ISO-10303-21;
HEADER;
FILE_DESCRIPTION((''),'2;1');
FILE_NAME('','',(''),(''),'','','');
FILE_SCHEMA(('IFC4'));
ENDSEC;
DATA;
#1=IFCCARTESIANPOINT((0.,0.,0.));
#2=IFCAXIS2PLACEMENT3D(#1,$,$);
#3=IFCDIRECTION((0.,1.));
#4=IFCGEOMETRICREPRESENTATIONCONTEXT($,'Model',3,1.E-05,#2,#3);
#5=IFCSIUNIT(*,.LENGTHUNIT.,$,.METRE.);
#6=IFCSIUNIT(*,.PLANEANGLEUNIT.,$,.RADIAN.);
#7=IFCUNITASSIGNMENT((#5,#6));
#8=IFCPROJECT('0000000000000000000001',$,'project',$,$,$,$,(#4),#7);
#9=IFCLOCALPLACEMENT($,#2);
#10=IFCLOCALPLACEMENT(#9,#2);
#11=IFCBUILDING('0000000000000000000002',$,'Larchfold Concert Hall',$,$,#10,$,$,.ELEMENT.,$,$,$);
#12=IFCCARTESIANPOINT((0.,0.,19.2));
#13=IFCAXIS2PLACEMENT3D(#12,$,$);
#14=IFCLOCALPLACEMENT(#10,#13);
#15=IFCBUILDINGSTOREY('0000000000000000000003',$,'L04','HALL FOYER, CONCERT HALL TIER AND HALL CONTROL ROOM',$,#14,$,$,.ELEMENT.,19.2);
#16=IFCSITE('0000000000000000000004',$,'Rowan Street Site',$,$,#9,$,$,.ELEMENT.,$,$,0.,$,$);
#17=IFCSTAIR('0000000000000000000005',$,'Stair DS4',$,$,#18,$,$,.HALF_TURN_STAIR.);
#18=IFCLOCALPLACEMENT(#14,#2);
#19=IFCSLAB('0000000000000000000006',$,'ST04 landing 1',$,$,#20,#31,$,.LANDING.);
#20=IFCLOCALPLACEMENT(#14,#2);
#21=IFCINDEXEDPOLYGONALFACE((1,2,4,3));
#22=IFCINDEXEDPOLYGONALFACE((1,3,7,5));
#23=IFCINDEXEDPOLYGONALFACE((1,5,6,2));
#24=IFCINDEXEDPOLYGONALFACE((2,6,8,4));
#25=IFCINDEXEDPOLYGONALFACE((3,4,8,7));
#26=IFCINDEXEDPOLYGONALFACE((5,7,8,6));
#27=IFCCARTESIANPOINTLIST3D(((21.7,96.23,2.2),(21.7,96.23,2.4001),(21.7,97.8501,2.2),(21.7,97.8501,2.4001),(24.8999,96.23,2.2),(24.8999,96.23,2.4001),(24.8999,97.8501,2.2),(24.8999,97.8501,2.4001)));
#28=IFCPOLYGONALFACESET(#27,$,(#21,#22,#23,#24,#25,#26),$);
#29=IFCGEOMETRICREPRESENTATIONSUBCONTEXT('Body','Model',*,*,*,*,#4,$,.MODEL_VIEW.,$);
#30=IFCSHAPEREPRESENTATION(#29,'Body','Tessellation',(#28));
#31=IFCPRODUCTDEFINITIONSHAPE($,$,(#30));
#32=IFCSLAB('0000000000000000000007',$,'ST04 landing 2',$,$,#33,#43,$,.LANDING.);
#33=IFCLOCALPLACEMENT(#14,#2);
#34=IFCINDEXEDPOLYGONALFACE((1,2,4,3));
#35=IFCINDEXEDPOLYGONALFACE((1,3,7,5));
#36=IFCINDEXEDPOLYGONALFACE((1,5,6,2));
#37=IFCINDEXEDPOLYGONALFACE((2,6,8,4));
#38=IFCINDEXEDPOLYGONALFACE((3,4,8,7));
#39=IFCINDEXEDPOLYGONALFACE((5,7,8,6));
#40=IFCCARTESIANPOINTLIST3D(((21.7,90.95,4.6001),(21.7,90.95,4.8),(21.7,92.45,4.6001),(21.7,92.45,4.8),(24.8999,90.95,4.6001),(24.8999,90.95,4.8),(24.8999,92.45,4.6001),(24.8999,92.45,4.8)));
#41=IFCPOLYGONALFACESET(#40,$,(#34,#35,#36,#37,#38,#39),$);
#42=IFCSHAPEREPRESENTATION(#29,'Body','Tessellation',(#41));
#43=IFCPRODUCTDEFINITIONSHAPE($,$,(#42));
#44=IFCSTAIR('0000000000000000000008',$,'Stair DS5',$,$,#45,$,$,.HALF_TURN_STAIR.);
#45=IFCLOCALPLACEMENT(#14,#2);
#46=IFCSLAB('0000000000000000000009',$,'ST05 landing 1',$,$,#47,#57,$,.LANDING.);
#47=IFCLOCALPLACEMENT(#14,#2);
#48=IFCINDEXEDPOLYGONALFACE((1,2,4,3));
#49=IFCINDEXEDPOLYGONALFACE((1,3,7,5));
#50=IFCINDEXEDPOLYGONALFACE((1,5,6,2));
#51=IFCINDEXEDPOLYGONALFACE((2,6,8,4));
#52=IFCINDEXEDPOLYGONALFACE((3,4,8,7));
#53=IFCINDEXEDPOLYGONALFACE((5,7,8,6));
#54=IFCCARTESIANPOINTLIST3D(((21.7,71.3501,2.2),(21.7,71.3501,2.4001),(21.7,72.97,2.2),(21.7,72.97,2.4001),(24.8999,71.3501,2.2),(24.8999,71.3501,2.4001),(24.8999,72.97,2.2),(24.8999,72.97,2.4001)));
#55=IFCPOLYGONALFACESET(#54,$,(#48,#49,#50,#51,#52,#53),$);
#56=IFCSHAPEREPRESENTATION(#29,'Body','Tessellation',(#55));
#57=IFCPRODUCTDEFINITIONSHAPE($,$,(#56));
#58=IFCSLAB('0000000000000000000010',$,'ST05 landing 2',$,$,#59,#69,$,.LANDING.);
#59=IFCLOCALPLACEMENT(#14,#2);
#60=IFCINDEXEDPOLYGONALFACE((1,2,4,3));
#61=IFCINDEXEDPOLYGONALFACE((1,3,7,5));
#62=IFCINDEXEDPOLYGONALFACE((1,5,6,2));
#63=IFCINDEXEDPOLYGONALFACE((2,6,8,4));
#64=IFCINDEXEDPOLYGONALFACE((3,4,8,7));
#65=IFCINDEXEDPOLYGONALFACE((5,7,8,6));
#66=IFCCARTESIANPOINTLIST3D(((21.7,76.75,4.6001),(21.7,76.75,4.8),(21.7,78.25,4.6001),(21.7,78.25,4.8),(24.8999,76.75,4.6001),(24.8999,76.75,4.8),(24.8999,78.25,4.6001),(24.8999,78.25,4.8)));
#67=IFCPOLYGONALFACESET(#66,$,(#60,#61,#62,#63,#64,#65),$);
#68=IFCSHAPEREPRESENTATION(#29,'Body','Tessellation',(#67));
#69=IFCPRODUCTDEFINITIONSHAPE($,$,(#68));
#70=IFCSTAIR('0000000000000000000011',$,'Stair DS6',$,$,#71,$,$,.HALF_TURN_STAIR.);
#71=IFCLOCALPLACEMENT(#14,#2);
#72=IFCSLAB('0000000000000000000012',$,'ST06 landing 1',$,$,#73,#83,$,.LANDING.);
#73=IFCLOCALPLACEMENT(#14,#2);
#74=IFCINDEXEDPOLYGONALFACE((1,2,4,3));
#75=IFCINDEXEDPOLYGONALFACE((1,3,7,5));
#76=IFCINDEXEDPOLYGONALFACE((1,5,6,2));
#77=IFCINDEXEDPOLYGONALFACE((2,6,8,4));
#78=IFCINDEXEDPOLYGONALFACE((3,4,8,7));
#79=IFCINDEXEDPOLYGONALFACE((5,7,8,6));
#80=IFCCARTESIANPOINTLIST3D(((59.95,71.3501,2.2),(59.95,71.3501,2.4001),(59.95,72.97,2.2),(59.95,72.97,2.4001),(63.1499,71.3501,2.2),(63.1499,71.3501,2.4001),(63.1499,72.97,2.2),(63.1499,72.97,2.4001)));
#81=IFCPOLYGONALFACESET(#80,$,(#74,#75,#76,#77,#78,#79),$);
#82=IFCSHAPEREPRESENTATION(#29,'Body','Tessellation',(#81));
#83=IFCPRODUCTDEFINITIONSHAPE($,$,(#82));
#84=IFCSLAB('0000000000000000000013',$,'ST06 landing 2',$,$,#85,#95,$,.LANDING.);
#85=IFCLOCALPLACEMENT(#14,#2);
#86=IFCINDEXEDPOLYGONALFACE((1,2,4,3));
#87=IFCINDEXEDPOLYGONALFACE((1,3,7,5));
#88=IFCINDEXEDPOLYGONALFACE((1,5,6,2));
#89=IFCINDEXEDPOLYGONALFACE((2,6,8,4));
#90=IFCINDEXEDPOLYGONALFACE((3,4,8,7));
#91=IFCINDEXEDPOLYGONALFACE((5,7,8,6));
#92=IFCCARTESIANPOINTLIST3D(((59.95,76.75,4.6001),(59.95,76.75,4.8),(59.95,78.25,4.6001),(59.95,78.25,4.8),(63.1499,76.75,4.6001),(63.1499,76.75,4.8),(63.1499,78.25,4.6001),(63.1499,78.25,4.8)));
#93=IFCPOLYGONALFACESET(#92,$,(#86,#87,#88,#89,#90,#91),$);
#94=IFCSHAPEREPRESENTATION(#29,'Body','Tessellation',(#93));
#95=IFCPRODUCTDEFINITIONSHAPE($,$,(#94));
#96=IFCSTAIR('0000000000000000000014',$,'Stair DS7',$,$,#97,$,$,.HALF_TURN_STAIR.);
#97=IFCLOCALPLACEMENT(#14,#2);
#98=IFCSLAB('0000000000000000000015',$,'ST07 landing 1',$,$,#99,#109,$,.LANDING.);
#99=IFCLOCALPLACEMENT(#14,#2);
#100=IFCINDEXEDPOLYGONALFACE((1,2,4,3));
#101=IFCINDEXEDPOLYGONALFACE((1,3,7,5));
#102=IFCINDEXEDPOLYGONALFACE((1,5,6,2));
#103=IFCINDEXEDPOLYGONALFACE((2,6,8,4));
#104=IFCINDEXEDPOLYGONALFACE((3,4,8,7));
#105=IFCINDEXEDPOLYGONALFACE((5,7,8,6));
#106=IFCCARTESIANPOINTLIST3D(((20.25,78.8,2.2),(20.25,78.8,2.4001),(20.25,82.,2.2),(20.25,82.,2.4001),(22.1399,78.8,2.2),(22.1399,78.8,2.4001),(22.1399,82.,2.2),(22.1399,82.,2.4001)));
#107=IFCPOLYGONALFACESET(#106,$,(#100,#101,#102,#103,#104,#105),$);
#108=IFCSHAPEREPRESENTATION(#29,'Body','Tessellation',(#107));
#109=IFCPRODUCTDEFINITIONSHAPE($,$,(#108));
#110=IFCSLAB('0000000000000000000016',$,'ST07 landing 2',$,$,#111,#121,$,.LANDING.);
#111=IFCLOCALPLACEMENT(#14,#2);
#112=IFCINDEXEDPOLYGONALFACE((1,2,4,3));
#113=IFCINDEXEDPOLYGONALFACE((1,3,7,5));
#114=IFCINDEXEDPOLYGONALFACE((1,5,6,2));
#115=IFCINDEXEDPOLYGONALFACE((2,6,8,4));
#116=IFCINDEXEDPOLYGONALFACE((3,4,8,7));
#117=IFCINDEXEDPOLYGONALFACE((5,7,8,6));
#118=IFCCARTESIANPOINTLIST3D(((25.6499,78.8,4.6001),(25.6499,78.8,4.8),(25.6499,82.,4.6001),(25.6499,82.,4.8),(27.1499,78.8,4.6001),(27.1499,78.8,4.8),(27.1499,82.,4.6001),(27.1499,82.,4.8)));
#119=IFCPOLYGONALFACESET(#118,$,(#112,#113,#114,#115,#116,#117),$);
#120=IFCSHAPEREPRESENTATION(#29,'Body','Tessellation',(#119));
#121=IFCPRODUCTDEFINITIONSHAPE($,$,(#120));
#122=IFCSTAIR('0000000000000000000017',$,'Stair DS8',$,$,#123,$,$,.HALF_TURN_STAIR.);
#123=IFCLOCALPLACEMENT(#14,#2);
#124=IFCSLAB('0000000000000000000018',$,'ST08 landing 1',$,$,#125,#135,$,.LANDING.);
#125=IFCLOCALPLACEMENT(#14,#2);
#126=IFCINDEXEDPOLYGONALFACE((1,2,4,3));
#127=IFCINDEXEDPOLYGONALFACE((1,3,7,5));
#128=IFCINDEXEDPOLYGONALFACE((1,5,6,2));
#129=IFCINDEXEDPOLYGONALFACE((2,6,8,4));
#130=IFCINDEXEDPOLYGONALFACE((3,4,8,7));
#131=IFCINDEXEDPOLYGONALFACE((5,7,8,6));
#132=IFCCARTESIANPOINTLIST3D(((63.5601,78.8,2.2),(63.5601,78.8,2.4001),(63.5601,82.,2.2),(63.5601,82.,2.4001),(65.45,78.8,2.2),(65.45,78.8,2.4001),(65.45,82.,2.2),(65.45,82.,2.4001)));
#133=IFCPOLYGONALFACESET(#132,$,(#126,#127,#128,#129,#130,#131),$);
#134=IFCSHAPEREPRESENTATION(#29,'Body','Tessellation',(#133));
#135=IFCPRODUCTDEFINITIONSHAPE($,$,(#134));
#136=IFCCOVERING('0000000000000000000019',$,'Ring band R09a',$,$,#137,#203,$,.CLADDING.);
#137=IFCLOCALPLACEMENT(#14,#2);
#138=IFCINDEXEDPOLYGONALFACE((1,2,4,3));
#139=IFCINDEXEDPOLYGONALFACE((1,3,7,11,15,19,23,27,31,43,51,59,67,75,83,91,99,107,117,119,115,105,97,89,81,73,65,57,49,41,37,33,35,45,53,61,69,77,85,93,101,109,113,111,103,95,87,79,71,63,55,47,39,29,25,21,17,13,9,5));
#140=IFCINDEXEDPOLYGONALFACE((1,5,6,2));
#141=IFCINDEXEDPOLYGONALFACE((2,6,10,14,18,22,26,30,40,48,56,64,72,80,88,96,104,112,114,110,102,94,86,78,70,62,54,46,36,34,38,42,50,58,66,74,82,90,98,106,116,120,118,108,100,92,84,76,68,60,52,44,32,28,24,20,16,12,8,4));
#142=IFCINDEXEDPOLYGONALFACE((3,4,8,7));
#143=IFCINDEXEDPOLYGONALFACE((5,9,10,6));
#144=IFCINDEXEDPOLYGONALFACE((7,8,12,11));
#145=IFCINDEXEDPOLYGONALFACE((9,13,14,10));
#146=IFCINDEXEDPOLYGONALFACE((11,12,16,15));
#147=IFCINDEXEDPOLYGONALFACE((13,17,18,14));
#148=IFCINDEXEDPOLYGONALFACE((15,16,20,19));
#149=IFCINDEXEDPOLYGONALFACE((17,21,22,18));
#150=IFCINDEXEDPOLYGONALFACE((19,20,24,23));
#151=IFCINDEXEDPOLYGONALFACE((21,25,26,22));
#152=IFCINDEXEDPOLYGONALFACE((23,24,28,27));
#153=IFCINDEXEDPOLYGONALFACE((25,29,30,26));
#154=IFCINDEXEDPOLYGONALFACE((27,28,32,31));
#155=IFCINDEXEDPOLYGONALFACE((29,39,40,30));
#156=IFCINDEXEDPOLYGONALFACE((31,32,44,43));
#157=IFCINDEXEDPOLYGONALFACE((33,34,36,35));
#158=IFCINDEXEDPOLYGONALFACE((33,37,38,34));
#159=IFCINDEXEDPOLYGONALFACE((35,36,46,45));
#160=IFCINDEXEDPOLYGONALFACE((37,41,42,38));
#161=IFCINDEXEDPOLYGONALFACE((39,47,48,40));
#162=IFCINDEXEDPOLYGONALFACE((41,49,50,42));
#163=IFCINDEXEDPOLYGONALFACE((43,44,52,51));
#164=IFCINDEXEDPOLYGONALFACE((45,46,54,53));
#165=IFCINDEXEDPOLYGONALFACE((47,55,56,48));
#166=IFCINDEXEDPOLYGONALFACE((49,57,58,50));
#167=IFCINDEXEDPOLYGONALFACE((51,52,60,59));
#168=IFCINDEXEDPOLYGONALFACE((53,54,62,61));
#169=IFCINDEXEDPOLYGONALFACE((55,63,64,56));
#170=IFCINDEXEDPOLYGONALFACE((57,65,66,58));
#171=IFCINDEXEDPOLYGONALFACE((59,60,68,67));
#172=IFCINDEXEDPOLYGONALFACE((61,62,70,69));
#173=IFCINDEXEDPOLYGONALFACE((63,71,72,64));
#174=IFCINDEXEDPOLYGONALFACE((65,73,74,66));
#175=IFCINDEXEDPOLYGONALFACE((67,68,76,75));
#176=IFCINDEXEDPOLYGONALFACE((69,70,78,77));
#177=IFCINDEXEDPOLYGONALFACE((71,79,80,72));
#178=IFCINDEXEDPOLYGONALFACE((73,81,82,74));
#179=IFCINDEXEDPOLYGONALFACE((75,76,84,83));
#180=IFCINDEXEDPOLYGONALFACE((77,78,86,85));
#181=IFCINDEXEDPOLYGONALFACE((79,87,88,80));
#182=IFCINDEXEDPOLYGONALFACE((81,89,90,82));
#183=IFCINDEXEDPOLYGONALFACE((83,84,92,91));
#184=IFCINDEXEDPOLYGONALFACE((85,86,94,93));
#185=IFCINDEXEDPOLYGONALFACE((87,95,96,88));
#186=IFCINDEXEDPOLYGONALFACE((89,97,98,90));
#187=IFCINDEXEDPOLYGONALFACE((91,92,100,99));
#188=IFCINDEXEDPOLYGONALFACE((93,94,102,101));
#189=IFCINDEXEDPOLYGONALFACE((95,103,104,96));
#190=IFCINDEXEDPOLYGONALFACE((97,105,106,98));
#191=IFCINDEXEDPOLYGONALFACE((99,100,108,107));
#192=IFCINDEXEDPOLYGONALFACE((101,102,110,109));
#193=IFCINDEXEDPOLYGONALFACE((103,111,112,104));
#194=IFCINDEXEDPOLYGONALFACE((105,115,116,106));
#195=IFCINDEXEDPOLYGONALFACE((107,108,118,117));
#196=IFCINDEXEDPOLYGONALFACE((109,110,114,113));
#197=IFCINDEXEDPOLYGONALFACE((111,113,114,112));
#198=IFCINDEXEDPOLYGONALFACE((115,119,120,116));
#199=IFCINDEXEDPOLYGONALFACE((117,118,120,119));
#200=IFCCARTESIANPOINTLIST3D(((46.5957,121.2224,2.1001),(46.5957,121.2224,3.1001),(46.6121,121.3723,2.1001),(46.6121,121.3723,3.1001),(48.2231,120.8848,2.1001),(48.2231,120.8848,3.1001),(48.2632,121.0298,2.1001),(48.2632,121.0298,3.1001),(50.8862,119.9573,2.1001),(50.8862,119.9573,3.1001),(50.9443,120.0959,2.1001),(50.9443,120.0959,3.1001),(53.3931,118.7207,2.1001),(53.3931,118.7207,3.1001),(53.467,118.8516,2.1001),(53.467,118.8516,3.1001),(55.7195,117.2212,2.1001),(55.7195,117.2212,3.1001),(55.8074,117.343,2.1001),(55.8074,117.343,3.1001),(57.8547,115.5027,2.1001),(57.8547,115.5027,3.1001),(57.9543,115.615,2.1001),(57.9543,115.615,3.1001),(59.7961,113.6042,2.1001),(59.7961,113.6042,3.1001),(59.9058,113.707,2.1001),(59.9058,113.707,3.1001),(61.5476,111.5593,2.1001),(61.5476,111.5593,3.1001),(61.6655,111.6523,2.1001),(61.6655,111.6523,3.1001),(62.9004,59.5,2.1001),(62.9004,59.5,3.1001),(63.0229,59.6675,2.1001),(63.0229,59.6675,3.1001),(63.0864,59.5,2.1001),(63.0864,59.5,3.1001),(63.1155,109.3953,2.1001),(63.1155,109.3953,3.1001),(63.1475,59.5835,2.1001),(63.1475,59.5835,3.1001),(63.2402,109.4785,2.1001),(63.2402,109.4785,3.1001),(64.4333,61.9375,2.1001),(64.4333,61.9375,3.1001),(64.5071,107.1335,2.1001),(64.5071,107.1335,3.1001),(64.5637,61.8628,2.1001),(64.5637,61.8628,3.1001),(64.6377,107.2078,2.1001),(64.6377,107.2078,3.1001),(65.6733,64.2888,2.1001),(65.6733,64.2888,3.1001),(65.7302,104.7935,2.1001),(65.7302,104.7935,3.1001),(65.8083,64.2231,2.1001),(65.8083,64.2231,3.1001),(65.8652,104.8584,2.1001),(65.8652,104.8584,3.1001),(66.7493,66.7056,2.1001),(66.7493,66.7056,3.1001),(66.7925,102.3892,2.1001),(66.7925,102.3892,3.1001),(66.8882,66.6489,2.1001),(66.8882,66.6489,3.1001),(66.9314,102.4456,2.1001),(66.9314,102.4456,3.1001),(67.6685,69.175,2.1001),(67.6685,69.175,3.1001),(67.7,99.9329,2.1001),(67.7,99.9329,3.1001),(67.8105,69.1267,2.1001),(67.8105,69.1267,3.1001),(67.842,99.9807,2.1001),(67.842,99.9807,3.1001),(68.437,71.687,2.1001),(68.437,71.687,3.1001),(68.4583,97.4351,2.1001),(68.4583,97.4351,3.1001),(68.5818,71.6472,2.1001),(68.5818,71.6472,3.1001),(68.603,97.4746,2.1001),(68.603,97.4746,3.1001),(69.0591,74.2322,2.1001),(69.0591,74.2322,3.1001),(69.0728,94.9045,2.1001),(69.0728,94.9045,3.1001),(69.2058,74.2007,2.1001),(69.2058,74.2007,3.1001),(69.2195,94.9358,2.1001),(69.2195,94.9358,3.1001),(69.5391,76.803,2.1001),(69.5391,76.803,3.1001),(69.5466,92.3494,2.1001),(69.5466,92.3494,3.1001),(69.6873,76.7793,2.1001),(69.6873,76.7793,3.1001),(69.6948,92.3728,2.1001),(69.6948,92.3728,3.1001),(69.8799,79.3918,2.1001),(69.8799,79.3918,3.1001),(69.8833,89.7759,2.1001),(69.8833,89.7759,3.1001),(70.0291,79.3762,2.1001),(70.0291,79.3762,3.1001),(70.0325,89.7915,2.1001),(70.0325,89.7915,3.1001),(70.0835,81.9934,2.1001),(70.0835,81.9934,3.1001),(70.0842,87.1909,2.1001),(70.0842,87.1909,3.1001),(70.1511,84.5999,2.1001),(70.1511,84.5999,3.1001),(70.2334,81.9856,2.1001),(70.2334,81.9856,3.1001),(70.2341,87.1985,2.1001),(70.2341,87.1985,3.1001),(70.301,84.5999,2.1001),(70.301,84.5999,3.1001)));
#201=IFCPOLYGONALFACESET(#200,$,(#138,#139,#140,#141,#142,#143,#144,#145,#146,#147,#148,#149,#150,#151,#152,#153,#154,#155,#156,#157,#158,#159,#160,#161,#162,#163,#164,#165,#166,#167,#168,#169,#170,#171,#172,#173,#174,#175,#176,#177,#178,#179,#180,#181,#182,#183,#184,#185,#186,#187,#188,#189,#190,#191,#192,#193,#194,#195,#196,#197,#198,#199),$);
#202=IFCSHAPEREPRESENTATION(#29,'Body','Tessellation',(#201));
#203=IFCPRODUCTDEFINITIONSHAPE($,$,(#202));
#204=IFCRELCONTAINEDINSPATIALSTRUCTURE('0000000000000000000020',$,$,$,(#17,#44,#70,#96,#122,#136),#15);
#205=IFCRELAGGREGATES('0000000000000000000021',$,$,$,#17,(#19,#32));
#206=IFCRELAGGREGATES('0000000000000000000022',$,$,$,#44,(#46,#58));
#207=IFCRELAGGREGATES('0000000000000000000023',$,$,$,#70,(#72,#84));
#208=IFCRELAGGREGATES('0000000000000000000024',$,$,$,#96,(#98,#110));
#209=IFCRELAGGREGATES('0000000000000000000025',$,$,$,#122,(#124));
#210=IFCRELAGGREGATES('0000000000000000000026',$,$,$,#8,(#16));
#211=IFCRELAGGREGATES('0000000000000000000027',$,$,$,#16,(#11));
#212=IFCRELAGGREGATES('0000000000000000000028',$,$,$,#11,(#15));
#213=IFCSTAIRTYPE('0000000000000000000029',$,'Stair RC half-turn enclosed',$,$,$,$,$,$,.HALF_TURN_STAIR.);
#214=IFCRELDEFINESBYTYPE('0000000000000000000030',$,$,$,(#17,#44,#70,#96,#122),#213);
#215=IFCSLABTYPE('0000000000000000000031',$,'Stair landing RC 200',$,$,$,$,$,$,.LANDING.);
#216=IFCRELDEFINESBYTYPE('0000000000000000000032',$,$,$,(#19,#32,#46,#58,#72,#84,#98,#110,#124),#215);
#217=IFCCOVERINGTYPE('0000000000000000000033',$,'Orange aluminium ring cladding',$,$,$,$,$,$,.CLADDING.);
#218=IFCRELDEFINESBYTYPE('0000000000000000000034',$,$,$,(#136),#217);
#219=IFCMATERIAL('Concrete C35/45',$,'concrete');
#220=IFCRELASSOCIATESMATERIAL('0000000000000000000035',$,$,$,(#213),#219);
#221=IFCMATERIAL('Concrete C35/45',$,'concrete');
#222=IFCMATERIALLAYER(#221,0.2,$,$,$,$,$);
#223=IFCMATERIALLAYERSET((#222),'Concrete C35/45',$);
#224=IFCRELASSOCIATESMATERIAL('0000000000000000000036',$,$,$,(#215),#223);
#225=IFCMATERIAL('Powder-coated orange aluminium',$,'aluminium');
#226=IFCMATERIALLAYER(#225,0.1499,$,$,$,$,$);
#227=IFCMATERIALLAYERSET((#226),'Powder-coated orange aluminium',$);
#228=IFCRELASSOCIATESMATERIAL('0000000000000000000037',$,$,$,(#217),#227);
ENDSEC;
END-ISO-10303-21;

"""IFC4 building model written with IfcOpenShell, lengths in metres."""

from ifc_helpers import new_model, si_unit, direction, frame, origin, place, context, subcontext, project, spatial, polyline, outline, extrude, material, layer, layer_set, type_object, element, aggregate, save


model = new_model("IFC4")

# Units and contexts
model_context = context("Model", 3, precision=1e-05, world=origin(), true_north=direction((0.0, 1.0)))
body_context = subcontext(model_context, "Body", "Model", "MODEL_VIEW")
ifc_project = project(units=[si_unit("LENGTHUNIT", "METRE"), si_unit("PLANEANGLEUNIT", "RADIAN")], contexts=[model_context])

# Site, building, storey
site_placement = place(None, origin())
site = spatial("IfcSite", under=ifc_project, at=site_placement, Name="Rowan Street Site", CompositionType="ELEMENT", RefElevation=0.0)
building_placement = place(site_placement, origin())
building = spatial("IfcBuilding", under=site, at=building_placement, Name="Larchfold Concert Hall", CompositionType="ELEMENT")
storey_placement = place(building_placement, frame((0.0, 0.0, 19.2)))
storey = spatial("IfcBuildingStorey", under=building, at=storey_placement, Name="L04", Description="HALL FOYER, CONCERT HALL TIER AND HALL CONTROL ROOM", CompositionType="ELEMENT", Elevation=19.2)

# Stairs, slabs
ifc_material_1 = material(Name="Concrete C35/45", Category="concrete")
stair_type = type_object("IfcStairType", Name="Stair RC half-turn enclosed", PredefinedType="HALF_TURN_STAIR", material=ifc_material_1)
ifc_material_2 = material(Name="Concrete C35/45", Category="concrete")
ifc_layer_1 = layer(ifc_material_2, 0.2)
ifc_layer_set_1 = layer_set([ifc_layer_1], Name="Concrete C35/45")
slab_type_1 = type_object("IfcSlabType", Name="Stair landing RC 200", PredefinedType="LANDING", material=ifc_layer_set_1)
stair_1_placement = place(storey_placement, origin())
stair_1 = element("IfcStair", 1, at=stair_1_placement, inside=storey, type_object=stair_type, Name="Stair DS4", PredefinedType="HALF_TURN_STAIR")
slab_1_placement = place(storey_placement, frame((0.0, 0.0, 2.2)))
slab_1 = element("IfcSlab", 2, at=slab_1_placement, type_object=slab_type_1, Name="ST04 landing 1", PredefinedType="LANDING", context=body_context, shape_type="SweptSolid", body=[
    extrude(outline(polyline([(24.8999, 96.23), (24.8999, 97.8501), (21.7, 97.8501), (21.7, 96.23), (24.8999, 96.23)])), origin(), (0.0, 0.0, 1.0), 0.2002),
])
slab_2_placement = place(storey_placement, frame((0.0, 0.0, 4.6001)))
slab_2 = element("IfcSlab", 3, at=slab_2_placement, type_object=slab_type_1, Name="ST04 landing 2", PredefinedType="LANDING", context=body_context, shape_type="SweptSolid", body=[
    extrude(outline(polyline([(24.8999, 90.95), (24.8999, 92.45), (21.7, 92.45), (21.7, 90.95), (24.8999, 90.95)])), origin(), (0.0, 0.0, 1.0), 0.2),
])
aggregate(stair_1, [slab_1, slab_2])
stair_2_placement = place(storey_placement, origin())
stair_2 = element("IfcStair", 4, at=stair_2_placement, inside=storey, type_object=stair_type, Name="Stair DS5", PredefinedType="HALF_TURN_STAIR")
slab_3_placement = place(storey_placement, frame((0.0, 0.0, 2.2)))
slab_3 = element("IfcSlab", 5, at=slab_3_placement, type_object=slab_type_1, Name="ST05 landing 1", PredefinedType="LANDING", context=body_context, shape_type="SweptSolid", body=[
    extrude(outline(polyline([(21.7, 72.97), (21.7, 71.3501), (24.8999, 71.3501), (24.8999, 72.97), (21.7, 72.97)])), origin(), (0.0, 0.0, 1.0), 0.2002),
])
slab_4_placement = place(storey_placement, frame((0.0, 0.0, 4.6001)))
slab_4 = element("IfcSlab", 6, at=slab_4_placement, type_object=slab_type_1, Name="ST05 landing 2", PredefinedType="LANDING", context=body_context, shape_type="SweptSolid", body=[
    extrude(outline(polyline([(21.7, 78.25), (21.7, 76.75), (24.8999, 76.75), (24.8999, 78.25), (21.7, 78.25)])), origin(), (0.0, 0.0, 1.0), 0.2),
])
aggregate(stair_2, [slab_3, slab_4])
stair_3_placement = place(storey_placement, origin())
stair_3 = element("IfcStair", 7, at=stair_3_placement, inside=storey, type_object=stair_type, Name="Stair DS6", PredefinedType="HALF_TURN_STAIR")
slab_5_placement = place(storey_placement, frame((0.0, 0.0, 2.2)))
slab_5 = element("IfcSlab", 8, at=slab_5_placement, type_object=slab_type_1, Name="ST06 landing 1", PredefinedType="LANDING", context=body_context, shape_type="SweptSolid", body=[
    extrude(outline(polyline([(59.95, 72.97), (59.95, 71.3501), (63.1499, 71.3501), (63.1499, 72.97), (59.95, 72.97)])), origin(), (0.0, 0.0, 1.0), 0.2002),
])
slab_6_placement = place(storey_placement, frame((0.0, 0.0, 4.6001)))
slab_6 = element("IfcSlab", 9, at=slab_6_placement, type_object=slab_type_1, Name="ST06 landing 2", PredefinedType="LANDING", context=body_context, shape_type="SweptSolid", body=[
    extrude(outline(polyline([(59.95, 78.25), (59.95, 76.75), (63.1499, 76.75), (63.1499, 78.25), (59.95, 78.25)])), origin(), (0.0, 0.0, 1.0), 0.2),
])
aggregate(stair_3, [slab_5, slab_6])
stair_4_placement = place(storey_placement, origin())
stair_4 = element("IfcStair", 10, at=stair_4_placement, inside=storey, type_object=stair_type, Name="Stair DS7", PredefinedType="HALF_TURN_STAIR")
slab_7_placement = place(storey_placement, frame((0.0, 0.0, 2.2)))
slab_7 = element("IfcSlab", 11, at=slab_7_placement, type_object=slab_type_1, Name="ST07 landing 1", PredefinedType="LANDING", context=body_context, shape_type="SweptSolid", body=[
    extrude(outline(polyline([(22.1399, 82.0), (20.25, 82.0), (20.25, 78.8), (22.1399, 78.8), (22.1399, 82.0)])), origin(), (0.0, 0.0, 1.0), 0.2002),
])
slab_8_placement = place(storey_placement, frame((0.0, 0.0, 4.6001)))
slab_8 = element("IfcSlab", 12, at=slab_8_placement, type_object=slab_type_1, Name="ST07 landing 2", PredefinedType="LANDING", context=body_context, shape_type="SweptSolid", body=[
    extrude(outline(polyline([(27.1499, 82.0), (25.6499, 82.0), (25.6499, 78.8), (27.1499, 78.8), (27.1499, 82.0)])), origin(), (0.0, 0.0, 1.0), 0.2),
])
aggregate(stair_4, [slab_7, slab_8])

# Stair, slab
stair_5_placement = place(storey_placement, origin())
stair_5 = element("IfcStair", 13, at=stair_5_placement, inside=storey, type_object=stair_type, Name="Stair DS8", PredefinedType="HALF_TURN_STAIR")
slab_9_placement = place(storey_placement, frame((0.0, 0.0, 2.2)))
slab_9 = element("IfcSlab", 14, at=slab_9_placement, type_object=slab_type_1, Name="ST08 landing 1", PredefinedType="LANDING", context=body_context, shape_type="SweptSolid", body=[
    extrude(outline(polyline([(63.5601, 78.8), (65.45, 78.8), (65.45, 82.0), (63.5601, 82.0), (63.5601, 78.8)])), origin(), (0.0, 0.0, 1.0), 0.2002),
])
aggregate(stair_5, [slab_9])

# Covering
ifc_material_3 = material(Name="Powder-coated orange aluminium", Category="aluminium")
ifc_layer_2 = layer(ifc_material_3, 0.1499)
ifc_layer_set_2 = layer_set([ifc_layer_2], Name="Powder-coated orange aluminium")
covering_type = type_object("IfcCoveringType", Name="Orange aluminium ring cladding", PredefinedType="CLADDING", material=ifc_layer_set_2)
covering_1_placement = place(storey_placement, frame((0.0, 0.0, 2.1001)))
element("IfcCovering", 15, at=covering_1_placement, inside=storey, type_object=covering_type, Name="Ring band R09a", PredefinedType="CLADDING", context=body_context, shape_type="SweptSolid", body=[
    extrude(outline(polyline([(69.2058, 74.2007), (69.6873, 76.7793), (70.0291, 79.3762), (70.2334, 81.9856), (70.301, 84.5999), (70.2341, 87.1985), (70.0325, 89.7915), (69.6948, 92.3728), (69.2195, 94.9358), (68.603, 97.4746), (67.842, 99.9807), (66.9314, 102.4456), (65.8652, 104.8584), (64.6377, 107.2078), (63.2402, 109.4785), (61.6655, 111.6523), (59.9058, 113.707), (57.9543, 115.615), (55.8074, 117.343), (53.467, 118.8516), (50.9443, 120.0959), (48.2632, 121.0298), (46.6121, 121.3723), (46.5957, 121.2224), (48.2231, 120.8848), (50.8862, 119.9573), (53.3931, 118.7207), (55.7195, 117.2212), (57.8547, 115.5027), (59.7961, 113.6042), (61.5476, 111.5593), (63.1155, 109.3953), (64.5071, 107.1335), (65.7302, 104.7935), (66.7925, 102.3892), (67.7, 99.9329), (68.4583, 97.4351), (69.0728, 94.9045), (69.5466, 92.3494), (69.8833, 89.7759), (70.0842, 87.1909), (70.1511, 84.5999), (70.0835, 81.9934), (69.8799, 79.3918), (69.5391, 76.803), (69.0591, 74.2322), (68.437, 71.687), (67.6685, 69.175), (66.7493, 66.7056), (65.6733, 64.2888), (64.4333, 61.9375), (63.0229, 59.6675), (62.9004, 59.5), (63.0864, 59.5), (63.1475, 59.5835), (64.5637, 61.8628), (65.8083, 64.2231), (66.8882, 66.6489), (67.8105, 69.1267), (68.5818, 71.6472), (69.2058, 74.2007)])), origin(), (0.0, 0.0, 1.0), 1.0),
])

save(model, "model.ifc")
